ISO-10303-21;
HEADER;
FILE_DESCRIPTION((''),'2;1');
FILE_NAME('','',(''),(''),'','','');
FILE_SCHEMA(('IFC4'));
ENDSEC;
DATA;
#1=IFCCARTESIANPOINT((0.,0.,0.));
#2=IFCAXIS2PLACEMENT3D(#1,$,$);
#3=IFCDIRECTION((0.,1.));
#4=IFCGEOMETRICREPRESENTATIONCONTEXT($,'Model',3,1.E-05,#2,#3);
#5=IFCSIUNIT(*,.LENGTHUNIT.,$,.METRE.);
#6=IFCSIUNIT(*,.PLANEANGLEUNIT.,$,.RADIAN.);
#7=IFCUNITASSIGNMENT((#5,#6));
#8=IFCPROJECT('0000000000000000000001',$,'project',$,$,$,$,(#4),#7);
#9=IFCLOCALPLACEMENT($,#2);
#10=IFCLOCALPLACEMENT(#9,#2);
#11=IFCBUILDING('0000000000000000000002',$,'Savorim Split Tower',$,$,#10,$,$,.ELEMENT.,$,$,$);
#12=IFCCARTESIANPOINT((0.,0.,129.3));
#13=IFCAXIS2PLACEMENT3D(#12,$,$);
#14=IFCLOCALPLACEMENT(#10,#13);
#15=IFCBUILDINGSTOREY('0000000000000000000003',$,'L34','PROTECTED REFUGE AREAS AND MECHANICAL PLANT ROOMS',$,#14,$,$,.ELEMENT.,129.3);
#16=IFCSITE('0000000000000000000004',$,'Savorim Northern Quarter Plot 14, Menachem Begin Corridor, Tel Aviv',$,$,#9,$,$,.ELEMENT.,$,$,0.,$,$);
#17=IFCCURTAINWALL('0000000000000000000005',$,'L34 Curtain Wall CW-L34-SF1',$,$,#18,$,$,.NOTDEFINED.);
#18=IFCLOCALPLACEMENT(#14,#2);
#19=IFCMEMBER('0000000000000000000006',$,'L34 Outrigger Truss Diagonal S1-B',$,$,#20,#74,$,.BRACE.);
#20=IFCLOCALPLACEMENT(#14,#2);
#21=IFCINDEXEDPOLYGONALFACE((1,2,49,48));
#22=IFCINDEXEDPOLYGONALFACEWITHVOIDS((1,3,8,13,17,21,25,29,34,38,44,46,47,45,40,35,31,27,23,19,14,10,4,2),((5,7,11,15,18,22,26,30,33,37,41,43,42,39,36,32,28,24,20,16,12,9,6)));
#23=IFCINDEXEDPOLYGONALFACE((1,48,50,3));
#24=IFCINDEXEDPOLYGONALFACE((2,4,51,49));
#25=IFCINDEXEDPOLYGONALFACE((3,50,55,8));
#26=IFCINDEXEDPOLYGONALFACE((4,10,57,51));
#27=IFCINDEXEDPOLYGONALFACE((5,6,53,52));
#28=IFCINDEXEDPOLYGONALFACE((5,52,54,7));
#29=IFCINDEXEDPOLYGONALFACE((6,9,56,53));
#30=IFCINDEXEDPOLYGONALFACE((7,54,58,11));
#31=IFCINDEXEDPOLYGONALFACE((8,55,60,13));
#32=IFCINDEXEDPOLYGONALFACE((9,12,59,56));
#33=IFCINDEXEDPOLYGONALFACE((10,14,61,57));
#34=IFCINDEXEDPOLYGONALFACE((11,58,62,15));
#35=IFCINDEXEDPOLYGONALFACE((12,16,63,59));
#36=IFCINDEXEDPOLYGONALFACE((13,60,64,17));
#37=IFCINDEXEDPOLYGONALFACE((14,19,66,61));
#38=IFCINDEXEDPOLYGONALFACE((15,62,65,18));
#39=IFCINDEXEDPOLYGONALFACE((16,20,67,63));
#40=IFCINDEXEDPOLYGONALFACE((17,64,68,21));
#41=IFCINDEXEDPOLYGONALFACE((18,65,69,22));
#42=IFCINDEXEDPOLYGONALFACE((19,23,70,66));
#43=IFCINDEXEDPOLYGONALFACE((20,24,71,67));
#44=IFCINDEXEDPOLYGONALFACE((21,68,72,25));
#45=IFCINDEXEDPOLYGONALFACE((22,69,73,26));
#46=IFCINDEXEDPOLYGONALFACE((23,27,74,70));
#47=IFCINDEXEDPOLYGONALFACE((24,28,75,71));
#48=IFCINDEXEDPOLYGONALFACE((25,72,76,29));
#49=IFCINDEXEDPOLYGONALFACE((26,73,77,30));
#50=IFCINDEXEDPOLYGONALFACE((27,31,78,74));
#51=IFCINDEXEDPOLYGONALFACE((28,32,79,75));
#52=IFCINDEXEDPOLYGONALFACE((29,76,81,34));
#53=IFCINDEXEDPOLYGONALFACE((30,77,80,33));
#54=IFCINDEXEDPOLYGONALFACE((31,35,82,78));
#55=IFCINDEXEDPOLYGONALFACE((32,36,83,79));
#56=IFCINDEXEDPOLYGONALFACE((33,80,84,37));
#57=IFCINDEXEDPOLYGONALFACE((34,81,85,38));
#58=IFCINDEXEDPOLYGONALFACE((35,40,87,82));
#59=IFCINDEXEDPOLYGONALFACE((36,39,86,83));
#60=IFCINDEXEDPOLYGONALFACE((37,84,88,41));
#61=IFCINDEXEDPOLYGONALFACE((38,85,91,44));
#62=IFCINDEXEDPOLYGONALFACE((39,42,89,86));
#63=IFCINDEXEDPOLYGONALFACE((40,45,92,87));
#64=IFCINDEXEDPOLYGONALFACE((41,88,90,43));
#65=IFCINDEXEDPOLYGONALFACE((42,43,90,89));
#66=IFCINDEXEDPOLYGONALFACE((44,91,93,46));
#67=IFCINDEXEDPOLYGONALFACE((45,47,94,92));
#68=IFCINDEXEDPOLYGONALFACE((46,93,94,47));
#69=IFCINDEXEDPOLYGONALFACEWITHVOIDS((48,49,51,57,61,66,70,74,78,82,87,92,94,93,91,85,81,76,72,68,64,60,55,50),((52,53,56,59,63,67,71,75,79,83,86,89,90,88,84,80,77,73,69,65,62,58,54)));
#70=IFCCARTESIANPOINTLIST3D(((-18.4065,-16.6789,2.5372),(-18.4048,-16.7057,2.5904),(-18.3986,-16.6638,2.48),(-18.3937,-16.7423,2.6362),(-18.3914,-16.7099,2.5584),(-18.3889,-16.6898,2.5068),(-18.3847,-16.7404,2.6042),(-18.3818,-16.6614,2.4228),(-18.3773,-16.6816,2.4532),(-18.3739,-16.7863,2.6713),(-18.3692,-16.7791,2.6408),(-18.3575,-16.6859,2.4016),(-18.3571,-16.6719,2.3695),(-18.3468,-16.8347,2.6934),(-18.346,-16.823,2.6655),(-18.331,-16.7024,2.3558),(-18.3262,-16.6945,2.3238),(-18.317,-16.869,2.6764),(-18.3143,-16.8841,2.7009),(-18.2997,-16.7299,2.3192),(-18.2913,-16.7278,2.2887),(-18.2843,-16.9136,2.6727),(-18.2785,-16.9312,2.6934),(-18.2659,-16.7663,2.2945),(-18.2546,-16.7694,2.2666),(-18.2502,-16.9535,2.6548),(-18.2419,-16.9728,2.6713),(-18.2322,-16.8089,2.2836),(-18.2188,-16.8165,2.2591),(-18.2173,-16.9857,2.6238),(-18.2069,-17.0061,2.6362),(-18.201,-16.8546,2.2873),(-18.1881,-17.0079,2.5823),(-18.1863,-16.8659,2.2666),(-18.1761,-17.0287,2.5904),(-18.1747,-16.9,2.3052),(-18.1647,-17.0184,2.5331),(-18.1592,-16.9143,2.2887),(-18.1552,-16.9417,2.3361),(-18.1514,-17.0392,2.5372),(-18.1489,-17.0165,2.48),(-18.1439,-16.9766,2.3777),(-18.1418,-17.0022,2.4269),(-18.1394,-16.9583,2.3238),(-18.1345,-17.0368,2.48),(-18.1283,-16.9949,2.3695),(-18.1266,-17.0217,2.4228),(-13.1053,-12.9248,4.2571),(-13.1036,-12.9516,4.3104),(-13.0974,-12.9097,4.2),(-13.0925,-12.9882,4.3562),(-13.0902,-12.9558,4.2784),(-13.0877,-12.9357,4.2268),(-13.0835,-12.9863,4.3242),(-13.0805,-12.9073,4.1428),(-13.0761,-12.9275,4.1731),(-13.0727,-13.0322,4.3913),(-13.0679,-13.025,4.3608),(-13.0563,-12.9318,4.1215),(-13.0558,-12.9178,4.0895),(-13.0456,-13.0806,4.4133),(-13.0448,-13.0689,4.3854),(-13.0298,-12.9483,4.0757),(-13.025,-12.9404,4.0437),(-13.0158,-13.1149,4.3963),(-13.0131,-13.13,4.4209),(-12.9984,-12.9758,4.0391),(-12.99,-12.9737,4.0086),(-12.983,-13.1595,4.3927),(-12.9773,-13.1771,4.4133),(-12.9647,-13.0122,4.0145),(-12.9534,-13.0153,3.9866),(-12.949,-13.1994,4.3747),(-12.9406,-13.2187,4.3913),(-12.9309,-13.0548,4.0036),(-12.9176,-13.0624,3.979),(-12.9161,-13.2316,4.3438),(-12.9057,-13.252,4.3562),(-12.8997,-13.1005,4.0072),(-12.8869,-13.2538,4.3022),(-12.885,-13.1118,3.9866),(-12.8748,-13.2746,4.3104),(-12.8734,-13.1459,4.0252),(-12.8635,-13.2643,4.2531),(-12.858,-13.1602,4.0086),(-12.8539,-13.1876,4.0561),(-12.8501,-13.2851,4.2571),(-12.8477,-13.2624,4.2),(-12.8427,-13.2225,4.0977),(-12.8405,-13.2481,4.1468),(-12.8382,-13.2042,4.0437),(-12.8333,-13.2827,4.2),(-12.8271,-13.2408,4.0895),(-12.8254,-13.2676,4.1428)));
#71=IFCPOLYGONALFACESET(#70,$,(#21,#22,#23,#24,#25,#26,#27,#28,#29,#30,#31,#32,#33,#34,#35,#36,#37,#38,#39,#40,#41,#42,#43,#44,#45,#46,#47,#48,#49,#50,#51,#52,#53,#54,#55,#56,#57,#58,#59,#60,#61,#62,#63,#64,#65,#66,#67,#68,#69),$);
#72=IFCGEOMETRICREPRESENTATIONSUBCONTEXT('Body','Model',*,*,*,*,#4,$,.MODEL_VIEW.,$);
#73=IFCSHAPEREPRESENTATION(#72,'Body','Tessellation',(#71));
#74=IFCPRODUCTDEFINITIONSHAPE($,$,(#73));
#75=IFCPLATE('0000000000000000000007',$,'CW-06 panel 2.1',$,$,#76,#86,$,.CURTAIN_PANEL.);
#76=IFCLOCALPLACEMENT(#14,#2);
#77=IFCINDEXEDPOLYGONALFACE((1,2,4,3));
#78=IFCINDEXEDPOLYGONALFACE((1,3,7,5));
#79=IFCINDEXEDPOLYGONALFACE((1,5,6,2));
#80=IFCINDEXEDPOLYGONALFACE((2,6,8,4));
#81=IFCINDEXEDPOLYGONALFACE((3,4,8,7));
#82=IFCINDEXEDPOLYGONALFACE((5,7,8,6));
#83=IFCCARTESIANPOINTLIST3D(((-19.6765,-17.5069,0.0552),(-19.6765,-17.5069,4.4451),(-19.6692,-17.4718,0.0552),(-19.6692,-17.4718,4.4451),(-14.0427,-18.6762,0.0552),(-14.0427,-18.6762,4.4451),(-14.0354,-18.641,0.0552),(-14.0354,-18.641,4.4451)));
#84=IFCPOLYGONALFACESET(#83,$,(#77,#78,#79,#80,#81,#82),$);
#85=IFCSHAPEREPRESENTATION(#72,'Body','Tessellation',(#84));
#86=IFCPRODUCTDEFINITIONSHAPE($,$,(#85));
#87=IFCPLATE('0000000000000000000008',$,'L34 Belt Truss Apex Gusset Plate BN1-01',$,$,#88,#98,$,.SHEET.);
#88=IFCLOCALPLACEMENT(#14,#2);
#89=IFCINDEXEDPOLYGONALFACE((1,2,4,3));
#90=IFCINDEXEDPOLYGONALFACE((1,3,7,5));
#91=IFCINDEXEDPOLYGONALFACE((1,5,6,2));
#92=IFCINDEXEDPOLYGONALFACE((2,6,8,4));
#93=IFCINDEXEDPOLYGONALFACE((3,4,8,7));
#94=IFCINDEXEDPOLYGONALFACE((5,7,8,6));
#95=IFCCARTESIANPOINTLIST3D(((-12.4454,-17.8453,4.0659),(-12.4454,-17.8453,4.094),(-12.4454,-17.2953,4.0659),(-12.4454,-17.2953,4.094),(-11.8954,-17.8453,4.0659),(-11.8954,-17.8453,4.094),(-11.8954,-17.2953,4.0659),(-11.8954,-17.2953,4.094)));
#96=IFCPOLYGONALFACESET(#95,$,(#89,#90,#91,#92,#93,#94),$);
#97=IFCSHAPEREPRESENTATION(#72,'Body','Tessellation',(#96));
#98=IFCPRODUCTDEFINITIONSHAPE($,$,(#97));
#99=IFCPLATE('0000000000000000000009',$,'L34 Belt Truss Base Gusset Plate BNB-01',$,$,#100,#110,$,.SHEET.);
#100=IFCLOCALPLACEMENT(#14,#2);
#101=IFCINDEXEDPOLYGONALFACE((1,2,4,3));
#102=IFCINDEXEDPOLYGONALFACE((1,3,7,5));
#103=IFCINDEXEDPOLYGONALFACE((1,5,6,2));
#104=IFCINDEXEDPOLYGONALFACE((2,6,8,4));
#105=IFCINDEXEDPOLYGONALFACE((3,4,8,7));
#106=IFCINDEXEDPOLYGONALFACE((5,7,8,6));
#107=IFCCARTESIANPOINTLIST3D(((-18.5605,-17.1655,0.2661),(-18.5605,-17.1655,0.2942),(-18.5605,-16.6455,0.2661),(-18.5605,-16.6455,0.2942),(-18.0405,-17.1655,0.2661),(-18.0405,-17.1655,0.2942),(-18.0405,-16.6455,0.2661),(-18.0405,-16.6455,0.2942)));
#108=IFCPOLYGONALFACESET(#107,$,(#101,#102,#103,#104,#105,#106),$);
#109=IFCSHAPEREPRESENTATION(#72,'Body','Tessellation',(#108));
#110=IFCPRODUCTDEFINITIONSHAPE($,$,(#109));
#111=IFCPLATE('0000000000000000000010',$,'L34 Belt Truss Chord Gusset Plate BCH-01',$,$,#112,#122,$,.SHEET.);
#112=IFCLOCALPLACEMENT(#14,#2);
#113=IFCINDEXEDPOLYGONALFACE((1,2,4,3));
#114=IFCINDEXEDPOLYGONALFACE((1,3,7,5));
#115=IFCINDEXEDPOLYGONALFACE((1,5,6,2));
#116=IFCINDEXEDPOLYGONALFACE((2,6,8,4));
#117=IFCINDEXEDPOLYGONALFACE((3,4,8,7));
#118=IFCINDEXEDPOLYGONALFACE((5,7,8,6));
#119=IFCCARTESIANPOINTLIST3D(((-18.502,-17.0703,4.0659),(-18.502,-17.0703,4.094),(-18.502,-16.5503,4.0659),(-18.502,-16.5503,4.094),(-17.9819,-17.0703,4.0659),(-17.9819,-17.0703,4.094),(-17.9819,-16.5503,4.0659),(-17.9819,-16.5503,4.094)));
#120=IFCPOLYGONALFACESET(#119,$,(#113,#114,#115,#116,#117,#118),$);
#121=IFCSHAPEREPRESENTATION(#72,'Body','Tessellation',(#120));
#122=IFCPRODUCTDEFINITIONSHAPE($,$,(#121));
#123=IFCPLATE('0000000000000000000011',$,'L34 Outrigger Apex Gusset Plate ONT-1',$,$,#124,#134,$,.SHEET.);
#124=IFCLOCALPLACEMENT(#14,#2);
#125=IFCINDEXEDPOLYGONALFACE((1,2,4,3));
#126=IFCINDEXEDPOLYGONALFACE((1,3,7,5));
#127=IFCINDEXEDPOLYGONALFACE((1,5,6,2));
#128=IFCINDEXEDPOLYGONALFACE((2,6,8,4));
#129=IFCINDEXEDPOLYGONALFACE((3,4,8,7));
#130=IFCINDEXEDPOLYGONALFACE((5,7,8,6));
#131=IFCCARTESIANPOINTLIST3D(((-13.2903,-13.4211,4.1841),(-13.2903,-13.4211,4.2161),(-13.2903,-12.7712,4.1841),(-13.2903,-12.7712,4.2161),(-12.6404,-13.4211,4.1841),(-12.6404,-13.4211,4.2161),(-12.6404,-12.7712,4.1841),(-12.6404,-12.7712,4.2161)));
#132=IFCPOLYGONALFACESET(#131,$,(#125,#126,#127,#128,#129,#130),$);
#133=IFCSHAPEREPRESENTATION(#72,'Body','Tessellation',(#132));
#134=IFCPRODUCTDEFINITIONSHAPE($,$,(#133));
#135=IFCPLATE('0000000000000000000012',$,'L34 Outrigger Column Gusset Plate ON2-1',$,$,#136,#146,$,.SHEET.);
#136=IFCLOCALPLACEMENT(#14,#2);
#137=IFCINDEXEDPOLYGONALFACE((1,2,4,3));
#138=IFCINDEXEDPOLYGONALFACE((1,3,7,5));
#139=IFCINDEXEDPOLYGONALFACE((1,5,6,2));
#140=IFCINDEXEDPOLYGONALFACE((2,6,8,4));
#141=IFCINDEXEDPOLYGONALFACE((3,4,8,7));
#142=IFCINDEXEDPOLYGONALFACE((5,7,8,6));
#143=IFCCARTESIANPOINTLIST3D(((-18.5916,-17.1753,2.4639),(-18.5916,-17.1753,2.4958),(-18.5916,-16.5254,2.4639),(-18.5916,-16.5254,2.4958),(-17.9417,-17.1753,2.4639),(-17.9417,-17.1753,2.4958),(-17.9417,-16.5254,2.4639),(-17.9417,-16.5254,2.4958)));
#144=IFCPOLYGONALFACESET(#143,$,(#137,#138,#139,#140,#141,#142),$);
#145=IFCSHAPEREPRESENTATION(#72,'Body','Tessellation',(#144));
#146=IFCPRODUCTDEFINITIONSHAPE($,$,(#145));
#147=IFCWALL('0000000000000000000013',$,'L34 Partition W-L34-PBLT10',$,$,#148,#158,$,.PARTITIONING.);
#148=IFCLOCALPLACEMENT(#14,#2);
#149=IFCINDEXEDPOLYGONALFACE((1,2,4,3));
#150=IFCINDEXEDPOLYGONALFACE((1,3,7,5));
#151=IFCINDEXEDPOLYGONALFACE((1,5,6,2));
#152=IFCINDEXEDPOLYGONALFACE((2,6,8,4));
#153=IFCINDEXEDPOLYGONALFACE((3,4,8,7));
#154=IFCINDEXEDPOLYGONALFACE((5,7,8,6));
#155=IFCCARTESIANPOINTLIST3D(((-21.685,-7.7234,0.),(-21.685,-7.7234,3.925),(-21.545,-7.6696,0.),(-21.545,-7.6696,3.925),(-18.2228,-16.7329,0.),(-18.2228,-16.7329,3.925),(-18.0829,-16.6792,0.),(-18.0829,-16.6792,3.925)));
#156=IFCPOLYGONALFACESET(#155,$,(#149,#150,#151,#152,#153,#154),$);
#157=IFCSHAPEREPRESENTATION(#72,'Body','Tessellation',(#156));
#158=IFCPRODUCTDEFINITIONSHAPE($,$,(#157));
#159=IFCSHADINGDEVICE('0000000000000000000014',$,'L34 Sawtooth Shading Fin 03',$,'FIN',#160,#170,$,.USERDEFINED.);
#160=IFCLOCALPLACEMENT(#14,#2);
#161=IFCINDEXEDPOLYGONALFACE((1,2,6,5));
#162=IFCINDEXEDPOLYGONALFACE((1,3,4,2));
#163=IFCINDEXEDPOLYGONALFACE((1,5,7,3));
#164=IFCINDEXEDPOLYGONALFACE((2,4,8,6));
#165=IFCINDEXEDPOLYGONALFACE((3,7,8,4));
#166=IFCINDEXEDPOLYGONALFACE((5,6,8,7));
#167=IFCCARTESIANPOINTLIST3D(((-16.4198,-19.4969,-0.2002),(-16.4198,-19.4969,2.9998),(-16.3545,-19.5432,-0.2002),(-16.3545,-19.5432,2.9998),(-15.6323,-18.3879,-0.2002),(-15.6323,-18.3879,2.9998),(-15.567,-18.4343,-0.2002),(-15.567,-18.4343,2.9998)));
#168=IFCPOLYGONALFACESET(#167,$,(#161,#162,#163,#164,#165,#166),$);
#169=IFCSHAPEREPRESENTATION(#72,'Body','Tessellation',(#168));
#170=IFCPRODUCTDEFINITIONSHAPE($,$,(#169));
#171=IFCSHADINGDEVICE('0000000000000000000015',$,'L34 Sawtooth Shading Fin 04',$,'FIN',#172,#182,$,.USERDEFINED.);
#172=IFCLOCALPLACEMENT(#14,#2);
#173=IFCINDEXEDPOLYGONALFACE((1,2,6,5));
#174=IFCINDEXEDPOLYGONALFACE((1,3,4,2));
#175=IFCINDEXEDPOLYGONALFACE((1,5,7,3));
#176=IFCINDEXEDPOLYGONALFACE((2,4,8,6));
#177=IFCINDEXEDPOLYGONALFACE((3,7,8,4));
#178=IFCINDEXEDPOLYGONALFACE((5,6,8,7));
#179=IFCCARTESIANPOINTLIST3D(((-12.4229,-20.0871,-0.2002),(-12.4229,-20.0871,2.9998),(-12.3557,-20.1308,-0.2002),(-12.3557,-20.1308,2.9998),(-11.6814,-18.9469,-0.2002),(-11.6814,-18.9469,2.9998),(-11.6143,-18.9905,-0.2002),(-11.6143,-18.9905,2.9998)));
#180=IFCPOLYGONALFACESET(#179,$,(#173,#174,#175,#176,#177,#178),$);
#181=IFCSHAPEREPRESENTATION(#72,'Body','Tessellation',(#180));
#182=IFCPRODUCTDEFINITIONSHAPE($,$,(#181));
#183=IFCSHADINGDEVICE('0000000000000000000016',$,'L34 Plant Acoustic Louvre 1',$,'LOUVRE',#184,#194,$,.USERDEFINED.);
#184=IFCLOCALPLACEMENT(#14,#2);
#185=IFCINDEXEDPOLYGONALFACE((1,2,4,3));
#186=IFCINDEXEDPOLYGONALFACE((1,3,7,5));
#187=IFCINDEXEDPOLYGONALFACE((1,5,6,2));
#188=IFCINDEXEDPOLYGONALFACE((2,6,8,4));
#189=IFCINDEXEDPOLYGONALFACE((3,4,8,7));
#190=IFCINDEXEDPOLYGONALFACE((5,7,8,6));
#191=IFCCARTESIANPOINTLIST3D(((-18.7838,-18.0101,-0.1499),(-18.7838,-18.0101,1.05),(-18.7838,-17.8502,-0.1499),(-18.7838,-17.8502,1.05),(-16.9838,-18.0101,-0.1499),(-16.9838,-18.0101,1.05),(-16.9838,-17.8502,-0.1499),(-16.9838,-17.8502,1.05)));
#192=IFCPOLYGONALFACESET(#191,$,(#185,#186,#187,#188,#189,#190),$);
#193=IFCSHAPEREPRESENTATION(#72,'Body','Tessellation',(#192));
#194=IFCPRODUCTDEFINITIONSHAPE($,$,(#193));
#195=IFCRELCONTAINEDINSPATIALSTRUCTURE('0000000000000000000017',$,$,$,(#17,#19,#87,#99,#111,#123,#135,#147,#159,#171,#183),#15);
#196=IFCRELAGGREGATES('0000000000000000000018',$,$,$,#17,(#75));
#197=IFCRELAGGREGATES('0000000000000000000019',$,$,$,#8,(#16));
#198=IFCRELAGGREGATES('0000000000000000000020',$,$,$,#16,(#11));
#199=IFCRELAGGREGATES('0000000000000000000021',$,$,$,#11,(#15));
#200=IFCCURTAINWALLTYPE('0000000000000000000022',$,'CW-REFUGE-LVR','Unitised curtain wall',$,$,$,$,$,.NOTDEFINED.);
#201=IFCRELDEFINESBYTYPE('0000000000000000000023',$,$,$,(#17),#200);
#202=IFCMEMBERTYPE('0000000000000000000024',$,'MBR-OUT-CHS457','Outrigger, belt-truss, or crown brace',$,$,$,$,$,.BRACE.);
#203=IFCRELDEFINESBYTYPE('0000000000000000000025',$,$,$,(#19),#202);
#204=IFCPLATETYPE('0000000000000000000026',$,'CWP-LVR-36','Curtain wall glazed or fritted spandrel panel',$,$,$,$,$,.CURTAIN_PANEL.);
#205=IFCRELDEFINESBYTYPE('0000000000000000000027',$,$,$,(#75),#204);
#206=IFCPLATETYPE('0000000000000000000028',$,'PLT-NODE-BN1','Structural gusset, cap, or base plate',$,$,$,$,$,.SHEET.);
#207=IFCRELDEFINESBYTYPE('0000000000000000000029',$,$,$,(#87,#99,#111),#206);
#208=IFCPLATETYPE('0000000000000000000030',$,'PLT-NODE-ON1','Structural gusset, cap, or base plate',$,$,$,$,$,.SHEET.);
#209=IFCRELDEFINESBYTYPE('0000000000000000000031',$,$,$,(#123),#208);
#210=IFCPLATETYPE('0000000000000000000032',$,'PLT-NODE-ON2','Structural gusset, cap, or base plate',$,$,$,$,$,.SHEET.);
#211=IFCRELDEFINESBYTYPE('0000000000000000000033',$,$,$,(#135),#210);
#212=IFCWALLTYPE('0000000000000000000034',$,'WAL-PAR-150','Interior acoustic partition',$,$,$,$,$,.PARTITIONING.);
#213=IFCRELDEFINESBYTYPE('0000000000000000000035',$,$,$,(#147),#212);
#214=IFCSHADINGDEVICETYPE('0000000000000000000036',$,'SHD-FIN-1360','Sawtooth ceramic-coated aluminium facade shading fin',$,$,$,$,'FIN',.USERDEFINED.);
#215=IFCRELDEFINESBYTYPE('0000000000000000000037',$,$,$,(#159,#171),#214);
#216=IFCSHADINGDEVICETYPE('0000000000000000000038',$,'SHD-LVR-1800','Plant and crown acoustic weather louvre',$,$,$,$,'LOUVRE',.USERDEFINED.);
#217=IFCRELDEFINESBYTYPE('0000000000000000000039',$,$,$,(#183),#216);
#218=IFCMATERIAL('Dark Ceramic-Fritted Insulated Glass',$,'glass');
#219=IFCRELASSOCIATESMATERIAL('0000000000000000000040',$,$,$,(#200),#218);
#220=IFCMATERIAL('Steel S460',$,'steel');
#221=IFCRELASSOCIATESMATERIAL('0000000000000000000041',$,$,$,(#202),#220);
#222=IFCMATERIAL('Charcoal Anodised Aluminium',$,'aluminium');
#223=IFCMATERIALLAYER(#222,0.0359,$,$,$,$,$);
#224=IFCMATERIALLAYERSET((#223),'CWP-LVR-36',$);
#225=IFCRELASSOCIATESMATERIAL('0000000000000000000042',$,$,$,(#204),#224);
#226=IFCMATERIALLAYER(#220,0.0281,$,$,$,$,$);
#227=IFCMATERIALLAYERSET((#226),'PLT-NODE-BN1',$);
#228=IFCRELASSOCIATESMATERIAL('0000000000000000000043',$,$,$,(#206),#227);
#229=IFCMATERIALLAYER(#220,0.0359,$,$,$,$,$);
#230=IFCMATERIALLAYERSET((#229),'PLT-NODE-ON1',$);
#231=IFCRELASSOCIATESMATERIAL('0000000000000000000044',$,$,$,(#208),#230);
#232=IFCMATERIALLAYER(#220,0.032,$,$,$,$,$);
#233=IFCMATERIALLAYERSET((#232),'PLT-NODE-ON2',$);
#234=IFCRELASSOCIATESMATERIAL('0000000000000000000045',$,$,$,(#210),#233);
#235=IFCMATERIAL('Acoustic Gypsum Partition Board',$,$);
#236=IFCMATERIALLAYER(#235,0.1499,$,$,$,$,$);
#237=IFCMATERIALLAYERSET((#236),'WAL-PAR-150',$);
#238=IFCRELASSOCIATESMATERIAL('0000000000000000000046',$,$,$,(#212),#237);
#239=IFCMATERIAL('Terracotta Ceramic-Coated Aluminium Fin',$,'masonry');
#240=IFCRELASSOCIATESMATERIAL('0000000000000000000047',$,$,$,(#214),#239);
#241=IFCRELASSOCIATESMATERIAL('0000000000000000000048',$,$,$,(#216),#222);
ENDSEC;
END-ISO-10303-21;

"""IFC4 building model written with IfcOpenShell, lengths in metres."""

from ifc_helpers import new_model, si_unit, direction, frame, frame_2d, origin, origin_2d, place, context, subcontext, project, spatial, rectangle, hollow_circle, extrude, material, layer, layer_set, material_profile, profile_set, type_object, element, aggregate, save


model = new_model("IFC4")

# Units and contexts
model_context = context("Model", 3, precision=1e-05, world=origin(), true_north=direction((0.0, 1.0)))
body_context = subcontext(model_context, "Body", "Model", "MODEL_VIEW")
ifc_project = project(units=[si_unit("LENGTHUNIT", "METRE"), si_unit("PLANEANGLEUNIT", "RADIAN")], contexts=[model_context])

# Site, building, storey
site_placement = place(None, origin())
site = spatial("IfcSite", under=ifc_project, at=site_placement, Name="Savorim Northern Quarter Plot 14, Menachem Begin Corridor, Tel Aviv", CompositionType="ELEMENT", RefElevation=0.0)
building_placement = place(site_placement, origin())
building = spatial("IfcBuilding", under=site, at=building_placement, Name="Savorim Split Tower", CompositionType="ELEMENT")
storey_placement = place(building_placement, frame((0.0, 0.0, 129.3)))
storey = spatial("IfcBuildingStorey", under=building, at=storey_placement, Name="L34", Description="PROTECTED REFUGE AREAS AND MECHANICAL PLANT ROOMS", CompositionType="ELEMENT", Elevation=129.3)

# Curtain wall
ifc_material_1 = material(Name="Dark Ceramic-Fritted Insulated Glass", Category="glass")
curtain_wall_type = type_object("IfcCurtainWallType", Name="CW-REFUGE-LVR", Description="Unitised curtain wall", PredefinedType="NOTDEFINED", material=ifc_material_1)
curtain_wall_1_placement = place(storey_placement, origin())
curtain_wall_1 = element("IfcCurtainWall", 1, at=curtain_wall_1_placement, inside=storey, type_object=curtain_wall_type, Name="L34 Curtain Wall CW-L34-SF1", PredefinedType="NOTDEFINED")
ifc_material_2 = material(Name="Charcoal Anodised Aluminium", Category="aluminium")

# Member
ifc_material_3 = material(Name="Steel S460", Category="steel")
ifc_material_profile_1 = material_profile(ifc_material_3, hollow_circle(Radius=0.2285, WallThickness=0.0249, at=origin_2d()), Name="CHS 457x25")
ifc_profile_set_1 = profile_set([ifc_material_profile_1], Name="Steel S460")
member_type_1 = type_object("IfcMemberType", Name="MBR-OUT-CHS457", Description="Outrigger, belt-truss, or crown brace", PredefinedType="BRACE", material=ifc_profile_set_1)
member_1_placement = place(storey_placement, frame((-12.9653, -13.0962, 4.2), z_axis=(-0.788906, -0.558672, -0.255957), x_axis=(0.577923, -0.816091, 0.0)))
element("IfcMember", 2, at=member_1_placement, inside=storey, type_object=member_type_1, Name="L34 Outrigger Truss Diagonal S1-B", PredefinedType="BRACE", context=body_context, shape_type="SweptSolid", body=[
    extrude(hollow_circle(Radius=0.2285, WallThickness=0.0249, at=origin_2d()), origin(), (0.0, 0.0, 1.0), 6.7197),
])

# Plate
ifc_layer_1 = layer(ifc_material_2, 0.0359)
ifc_layer_set_1 = layer_set([ifc_layer_1], Name="CWP-LVR-36")
plate_type_1 = type_object("IfcPlateType", Name="CWP-LVR-36", Description="Curtain wall glazed or fritted spandrel panel", PredefinedType="CURTAIN_PANEL", material=ifc_layer_set_1)
plate_1_placement = place(storey_placement, frame((-16.856, -18.074, 0.0552), z_axis=(0.0, 0.0, 1.0), x_axis=(0.979135, -0.20321, 0.0)))
plate_1 = element("IfcPlate", 3, at=plate_1_placement, type_object=plate_type_1, Name="CW-06 panel 2.1", PredefinedType="CURTAIN_PANEL", context=body_context, shape_type="SweptSolid", body=[
    extrude(rectangle(XDim=5.7539, YDim=0.0359, at=origin_2d()), origin(), (0.0, 0.0, 1.0), 4.3899),
])
aggregate(curtain_wall_1, [plate_1])

# Plates
ifc_layer_2 = layer(ifc_material_3, 0.0281)
ifc_layer_set_2 = layer_set([ifc_layer_2], Name="PLT-NODE-BN1")
plate_type_2 = type_object("IfcPlateType", Name="PLT-NODE-BN1", Description="Structural gusset, cap, or base plate", PredefinedType="SHEET", material=ifc_layer_set_2)
plate_2_placement = place(storey_placement, frame((-12.1704, -17.5703, 4.0659), z_axis=(0.0, 0.0, 1.0), x_axis=(1.0, 0.0, 0.0)))
element("IfcPlate", 4, at=plate_2_placement, inside=storey, type_object=plate_type_2, Name="L34 Belt Truss Apex Gusset Plate BN1-01", PredefinedType="SHEET", context=body_context, shape_type="SweptSolid", body=[
    extrude(rectangle(XDim=0.55, YDim=0.55, at=origin_2d()), origin(), (0.0, 0.0, 1.0), 0.0281),
])
for number, where, z_axis, x_axis, name in (
    (5, (-18.3005, -16.9055, 0.2661), (0.0, 0.0, 1.0), (1.0, 0.0, 0.0), "L34 Belt Truss Base Gusset Plate BNB-01"),
    (6, (-18.2419, -16.8103, 4.0659), (0.0, 0.0, 1.0), (1.0, 0.0, 0.0), "L34 Belt Truss Chord Gusset Plate BCH-01"),
):
    element("IfcPlate", number, at=place(storey_placement, frame(where, z_axis=z_axis, x_axis=x_axis)), inside=storey, type_object=plate_type_2, Name=name, PredefinedType="SHEET", context=body_context, shape_type="SweptSolid", body=[
        extrude(rectangle(XDim=0.52, YDim=0.52, at=origin_2d()), origin(), (0.0, 0.0, 1.0), 0.0281),
    ])
ifc_layer_3 = layer(ifc_material_3, 0.0359)
ifc_layer_set_3 = layer_set([ifc_layer_3], Name="PLT-NODE-ON1")
plate_type_3 = type_object("IfcPlateType", Name="PLT-NODE-ON1", Description="Structural gusset, cap, or base plate", PredefinedType="SHEET", material=ifc_layer_set_3)
plate_3_placement = place(storey_placement, frame((-12.9653, -13.0962, 4.1841), z_axis=(0.0, 0.0, 1.0), x_axis=(1.0, 0.0, 0.0)))
element("IfcPlate", 7, at=plate_3_placement, inside=storey, type_object=plate_type_3, Name="L34 Outrigger Apex Gusset Plate ONT-1", PredefinedType="SHEET", context=body_context, shape_type="SweptSolid", body=[
    extrude(rectangle(XDim=0.6499, YDim=0.6499, at=origin_2d()), origin(), (0.0, 0.0, 1.0), 0.032),
])
ifc_layer_4 = layer(ifc_material_3, 0.032)
ifc_layer_set_4 = layer_set([ifc_layer_4], Name="PLT-NODE-ON2")
plate_type_4 = type_object("IfcPlateType", Name="PLT-NODE-ON2", Description="Structural gusset, cap, or base plate", PredefinedType="SHEET", material=ifc_layer_set_4)
plate_4_placement = place(storey_placement, frame((-18.2666, -16.8503, 2.4639), z_axis=(0.0, 0.0, 1.0), x_axis=(1.0, 0.0, 0.0)))
element("IfcPlate", 8, at=plate_4_placement, inside=storey, type_object=plate_type_4, Name="L34 Outrigger Column Gusset Plate ON2-1", PredefinedType="SHEET", context=body_context, shape_type="SweptSolid", body=[
    extrude(rectangle(XDim=0.6499, YDim=0.6499, at=origin_2d()), origin(), (0.0, 0.0, 1.0), 0.032),
])

# Wall
ifc_material_4 = material(Name="Acoustic Gypsum Partition Board")
ifc_layer_5 = layer(ifc_material_4, 0.1499)
ifc_layer_set_5 = layer_set([ifc_layer_5], Name="WAL-PAR-150")
wall_type = type_object("IfcWallType", Name="WAL-PAR-150", Description="Interior acoustic partition", PredefinedType="PARTITIONING", material=ifc_layer_set_5)
wall_placement = place(storey_placement, frame((-18.1528, -16.7061, 0.0), z_axis=(0.0, 0.0, 1.0), x_axis=(-0.358704, 0.933451, 0.0)))
element("IfcWall", 9, at=wall_placement, inside=storey, type_object=wall_type, Name="L34 Partition W-L34-PBLT10", PredefinedType="PARTITIONING", context=body_context, shape_type="SweptSolid", body=[
    extrude(rectangle(XDim=9.6519, YDim=0.1499, at=frame_2d((4.8259, 0.0))), origin(), (0.0, 0.0, 1.0), 3.925),
])

# Shading devices
ifc_material_5 = material(Name="Terracotta Ceramic-Coated Aluminium Fin", Category="masonry")
shading_device_type_1 = type_object("IfcShadingDeviceType", Name="SHD-FIN-1360", Description="Sawtooth ceramic-coated aluminium facade shading fin", ElementType="FIN", PredefinedType="USERDEFINED", material=ifc_material_5)
for number, where, z_axis, x_axis, name in (
    (10, (-15.9934, -18.9656, -0.2002), (0.0, 0.0, 1.0), (-0.578994, -0.815332, 0.0), "L34 Sawtooth Shading Fin 03"),
    (11, (-12.0186, -19.5388, -0.2002), (0.0, 0.0, 1.0), (-0.545148, -0.83834, 0.0), "L34 Sawtooth Shading Fin 04"),
):
    element("IfcShadingDevice", number, at=place(storey_placement, frame(where, z_axis=z_axis, x_axis=x_axis)), inside=storey, type_object=shading_device_type_1, Name=name, ObjectType="FIN", PredefinedType="USERDEFINED", context=body_context, shape_type="SweptSolid", body=[
        extrude(rectangle(XDim=1.3601, YDim=0.0801, at=origin_2d()), origin(), (0.0, 0.0, 1.0), 3.2),
    ])
shading_device_type_2 = type_object("IfcShadingDeviceType", Name="SHD-LVR-1800", Description="Plant and crown acoustic weather louvre", ElementType="LOUVRE", PredefinedType="USERDEFINED", material=ifc_material_2)
shading_device_placement = place(storey_placement, frame((-17.8838, -17.9302, -0.1499), z_axis=(0.0, 0.0, 1.0), x_axis=(1.0, 0.0, 0.0)))
element("IfcShadingDevice", 12, at=shading_device_placement, inside=storey, type_object=shading_device_type_2, Name="L34 Plant Acoustic Louvre 1", ObjectType="LOUVRE", PredefinedType="USERDEFINED", context=body_context, shape_type="SweptSolid", body=[
    extrude(rectangle(XDim=1.8, YDim=0.1599, at=origin_2d()), origin(), (0.0, 0.0, 1.0), 1.2),
])

save(model, "model.ifc")
